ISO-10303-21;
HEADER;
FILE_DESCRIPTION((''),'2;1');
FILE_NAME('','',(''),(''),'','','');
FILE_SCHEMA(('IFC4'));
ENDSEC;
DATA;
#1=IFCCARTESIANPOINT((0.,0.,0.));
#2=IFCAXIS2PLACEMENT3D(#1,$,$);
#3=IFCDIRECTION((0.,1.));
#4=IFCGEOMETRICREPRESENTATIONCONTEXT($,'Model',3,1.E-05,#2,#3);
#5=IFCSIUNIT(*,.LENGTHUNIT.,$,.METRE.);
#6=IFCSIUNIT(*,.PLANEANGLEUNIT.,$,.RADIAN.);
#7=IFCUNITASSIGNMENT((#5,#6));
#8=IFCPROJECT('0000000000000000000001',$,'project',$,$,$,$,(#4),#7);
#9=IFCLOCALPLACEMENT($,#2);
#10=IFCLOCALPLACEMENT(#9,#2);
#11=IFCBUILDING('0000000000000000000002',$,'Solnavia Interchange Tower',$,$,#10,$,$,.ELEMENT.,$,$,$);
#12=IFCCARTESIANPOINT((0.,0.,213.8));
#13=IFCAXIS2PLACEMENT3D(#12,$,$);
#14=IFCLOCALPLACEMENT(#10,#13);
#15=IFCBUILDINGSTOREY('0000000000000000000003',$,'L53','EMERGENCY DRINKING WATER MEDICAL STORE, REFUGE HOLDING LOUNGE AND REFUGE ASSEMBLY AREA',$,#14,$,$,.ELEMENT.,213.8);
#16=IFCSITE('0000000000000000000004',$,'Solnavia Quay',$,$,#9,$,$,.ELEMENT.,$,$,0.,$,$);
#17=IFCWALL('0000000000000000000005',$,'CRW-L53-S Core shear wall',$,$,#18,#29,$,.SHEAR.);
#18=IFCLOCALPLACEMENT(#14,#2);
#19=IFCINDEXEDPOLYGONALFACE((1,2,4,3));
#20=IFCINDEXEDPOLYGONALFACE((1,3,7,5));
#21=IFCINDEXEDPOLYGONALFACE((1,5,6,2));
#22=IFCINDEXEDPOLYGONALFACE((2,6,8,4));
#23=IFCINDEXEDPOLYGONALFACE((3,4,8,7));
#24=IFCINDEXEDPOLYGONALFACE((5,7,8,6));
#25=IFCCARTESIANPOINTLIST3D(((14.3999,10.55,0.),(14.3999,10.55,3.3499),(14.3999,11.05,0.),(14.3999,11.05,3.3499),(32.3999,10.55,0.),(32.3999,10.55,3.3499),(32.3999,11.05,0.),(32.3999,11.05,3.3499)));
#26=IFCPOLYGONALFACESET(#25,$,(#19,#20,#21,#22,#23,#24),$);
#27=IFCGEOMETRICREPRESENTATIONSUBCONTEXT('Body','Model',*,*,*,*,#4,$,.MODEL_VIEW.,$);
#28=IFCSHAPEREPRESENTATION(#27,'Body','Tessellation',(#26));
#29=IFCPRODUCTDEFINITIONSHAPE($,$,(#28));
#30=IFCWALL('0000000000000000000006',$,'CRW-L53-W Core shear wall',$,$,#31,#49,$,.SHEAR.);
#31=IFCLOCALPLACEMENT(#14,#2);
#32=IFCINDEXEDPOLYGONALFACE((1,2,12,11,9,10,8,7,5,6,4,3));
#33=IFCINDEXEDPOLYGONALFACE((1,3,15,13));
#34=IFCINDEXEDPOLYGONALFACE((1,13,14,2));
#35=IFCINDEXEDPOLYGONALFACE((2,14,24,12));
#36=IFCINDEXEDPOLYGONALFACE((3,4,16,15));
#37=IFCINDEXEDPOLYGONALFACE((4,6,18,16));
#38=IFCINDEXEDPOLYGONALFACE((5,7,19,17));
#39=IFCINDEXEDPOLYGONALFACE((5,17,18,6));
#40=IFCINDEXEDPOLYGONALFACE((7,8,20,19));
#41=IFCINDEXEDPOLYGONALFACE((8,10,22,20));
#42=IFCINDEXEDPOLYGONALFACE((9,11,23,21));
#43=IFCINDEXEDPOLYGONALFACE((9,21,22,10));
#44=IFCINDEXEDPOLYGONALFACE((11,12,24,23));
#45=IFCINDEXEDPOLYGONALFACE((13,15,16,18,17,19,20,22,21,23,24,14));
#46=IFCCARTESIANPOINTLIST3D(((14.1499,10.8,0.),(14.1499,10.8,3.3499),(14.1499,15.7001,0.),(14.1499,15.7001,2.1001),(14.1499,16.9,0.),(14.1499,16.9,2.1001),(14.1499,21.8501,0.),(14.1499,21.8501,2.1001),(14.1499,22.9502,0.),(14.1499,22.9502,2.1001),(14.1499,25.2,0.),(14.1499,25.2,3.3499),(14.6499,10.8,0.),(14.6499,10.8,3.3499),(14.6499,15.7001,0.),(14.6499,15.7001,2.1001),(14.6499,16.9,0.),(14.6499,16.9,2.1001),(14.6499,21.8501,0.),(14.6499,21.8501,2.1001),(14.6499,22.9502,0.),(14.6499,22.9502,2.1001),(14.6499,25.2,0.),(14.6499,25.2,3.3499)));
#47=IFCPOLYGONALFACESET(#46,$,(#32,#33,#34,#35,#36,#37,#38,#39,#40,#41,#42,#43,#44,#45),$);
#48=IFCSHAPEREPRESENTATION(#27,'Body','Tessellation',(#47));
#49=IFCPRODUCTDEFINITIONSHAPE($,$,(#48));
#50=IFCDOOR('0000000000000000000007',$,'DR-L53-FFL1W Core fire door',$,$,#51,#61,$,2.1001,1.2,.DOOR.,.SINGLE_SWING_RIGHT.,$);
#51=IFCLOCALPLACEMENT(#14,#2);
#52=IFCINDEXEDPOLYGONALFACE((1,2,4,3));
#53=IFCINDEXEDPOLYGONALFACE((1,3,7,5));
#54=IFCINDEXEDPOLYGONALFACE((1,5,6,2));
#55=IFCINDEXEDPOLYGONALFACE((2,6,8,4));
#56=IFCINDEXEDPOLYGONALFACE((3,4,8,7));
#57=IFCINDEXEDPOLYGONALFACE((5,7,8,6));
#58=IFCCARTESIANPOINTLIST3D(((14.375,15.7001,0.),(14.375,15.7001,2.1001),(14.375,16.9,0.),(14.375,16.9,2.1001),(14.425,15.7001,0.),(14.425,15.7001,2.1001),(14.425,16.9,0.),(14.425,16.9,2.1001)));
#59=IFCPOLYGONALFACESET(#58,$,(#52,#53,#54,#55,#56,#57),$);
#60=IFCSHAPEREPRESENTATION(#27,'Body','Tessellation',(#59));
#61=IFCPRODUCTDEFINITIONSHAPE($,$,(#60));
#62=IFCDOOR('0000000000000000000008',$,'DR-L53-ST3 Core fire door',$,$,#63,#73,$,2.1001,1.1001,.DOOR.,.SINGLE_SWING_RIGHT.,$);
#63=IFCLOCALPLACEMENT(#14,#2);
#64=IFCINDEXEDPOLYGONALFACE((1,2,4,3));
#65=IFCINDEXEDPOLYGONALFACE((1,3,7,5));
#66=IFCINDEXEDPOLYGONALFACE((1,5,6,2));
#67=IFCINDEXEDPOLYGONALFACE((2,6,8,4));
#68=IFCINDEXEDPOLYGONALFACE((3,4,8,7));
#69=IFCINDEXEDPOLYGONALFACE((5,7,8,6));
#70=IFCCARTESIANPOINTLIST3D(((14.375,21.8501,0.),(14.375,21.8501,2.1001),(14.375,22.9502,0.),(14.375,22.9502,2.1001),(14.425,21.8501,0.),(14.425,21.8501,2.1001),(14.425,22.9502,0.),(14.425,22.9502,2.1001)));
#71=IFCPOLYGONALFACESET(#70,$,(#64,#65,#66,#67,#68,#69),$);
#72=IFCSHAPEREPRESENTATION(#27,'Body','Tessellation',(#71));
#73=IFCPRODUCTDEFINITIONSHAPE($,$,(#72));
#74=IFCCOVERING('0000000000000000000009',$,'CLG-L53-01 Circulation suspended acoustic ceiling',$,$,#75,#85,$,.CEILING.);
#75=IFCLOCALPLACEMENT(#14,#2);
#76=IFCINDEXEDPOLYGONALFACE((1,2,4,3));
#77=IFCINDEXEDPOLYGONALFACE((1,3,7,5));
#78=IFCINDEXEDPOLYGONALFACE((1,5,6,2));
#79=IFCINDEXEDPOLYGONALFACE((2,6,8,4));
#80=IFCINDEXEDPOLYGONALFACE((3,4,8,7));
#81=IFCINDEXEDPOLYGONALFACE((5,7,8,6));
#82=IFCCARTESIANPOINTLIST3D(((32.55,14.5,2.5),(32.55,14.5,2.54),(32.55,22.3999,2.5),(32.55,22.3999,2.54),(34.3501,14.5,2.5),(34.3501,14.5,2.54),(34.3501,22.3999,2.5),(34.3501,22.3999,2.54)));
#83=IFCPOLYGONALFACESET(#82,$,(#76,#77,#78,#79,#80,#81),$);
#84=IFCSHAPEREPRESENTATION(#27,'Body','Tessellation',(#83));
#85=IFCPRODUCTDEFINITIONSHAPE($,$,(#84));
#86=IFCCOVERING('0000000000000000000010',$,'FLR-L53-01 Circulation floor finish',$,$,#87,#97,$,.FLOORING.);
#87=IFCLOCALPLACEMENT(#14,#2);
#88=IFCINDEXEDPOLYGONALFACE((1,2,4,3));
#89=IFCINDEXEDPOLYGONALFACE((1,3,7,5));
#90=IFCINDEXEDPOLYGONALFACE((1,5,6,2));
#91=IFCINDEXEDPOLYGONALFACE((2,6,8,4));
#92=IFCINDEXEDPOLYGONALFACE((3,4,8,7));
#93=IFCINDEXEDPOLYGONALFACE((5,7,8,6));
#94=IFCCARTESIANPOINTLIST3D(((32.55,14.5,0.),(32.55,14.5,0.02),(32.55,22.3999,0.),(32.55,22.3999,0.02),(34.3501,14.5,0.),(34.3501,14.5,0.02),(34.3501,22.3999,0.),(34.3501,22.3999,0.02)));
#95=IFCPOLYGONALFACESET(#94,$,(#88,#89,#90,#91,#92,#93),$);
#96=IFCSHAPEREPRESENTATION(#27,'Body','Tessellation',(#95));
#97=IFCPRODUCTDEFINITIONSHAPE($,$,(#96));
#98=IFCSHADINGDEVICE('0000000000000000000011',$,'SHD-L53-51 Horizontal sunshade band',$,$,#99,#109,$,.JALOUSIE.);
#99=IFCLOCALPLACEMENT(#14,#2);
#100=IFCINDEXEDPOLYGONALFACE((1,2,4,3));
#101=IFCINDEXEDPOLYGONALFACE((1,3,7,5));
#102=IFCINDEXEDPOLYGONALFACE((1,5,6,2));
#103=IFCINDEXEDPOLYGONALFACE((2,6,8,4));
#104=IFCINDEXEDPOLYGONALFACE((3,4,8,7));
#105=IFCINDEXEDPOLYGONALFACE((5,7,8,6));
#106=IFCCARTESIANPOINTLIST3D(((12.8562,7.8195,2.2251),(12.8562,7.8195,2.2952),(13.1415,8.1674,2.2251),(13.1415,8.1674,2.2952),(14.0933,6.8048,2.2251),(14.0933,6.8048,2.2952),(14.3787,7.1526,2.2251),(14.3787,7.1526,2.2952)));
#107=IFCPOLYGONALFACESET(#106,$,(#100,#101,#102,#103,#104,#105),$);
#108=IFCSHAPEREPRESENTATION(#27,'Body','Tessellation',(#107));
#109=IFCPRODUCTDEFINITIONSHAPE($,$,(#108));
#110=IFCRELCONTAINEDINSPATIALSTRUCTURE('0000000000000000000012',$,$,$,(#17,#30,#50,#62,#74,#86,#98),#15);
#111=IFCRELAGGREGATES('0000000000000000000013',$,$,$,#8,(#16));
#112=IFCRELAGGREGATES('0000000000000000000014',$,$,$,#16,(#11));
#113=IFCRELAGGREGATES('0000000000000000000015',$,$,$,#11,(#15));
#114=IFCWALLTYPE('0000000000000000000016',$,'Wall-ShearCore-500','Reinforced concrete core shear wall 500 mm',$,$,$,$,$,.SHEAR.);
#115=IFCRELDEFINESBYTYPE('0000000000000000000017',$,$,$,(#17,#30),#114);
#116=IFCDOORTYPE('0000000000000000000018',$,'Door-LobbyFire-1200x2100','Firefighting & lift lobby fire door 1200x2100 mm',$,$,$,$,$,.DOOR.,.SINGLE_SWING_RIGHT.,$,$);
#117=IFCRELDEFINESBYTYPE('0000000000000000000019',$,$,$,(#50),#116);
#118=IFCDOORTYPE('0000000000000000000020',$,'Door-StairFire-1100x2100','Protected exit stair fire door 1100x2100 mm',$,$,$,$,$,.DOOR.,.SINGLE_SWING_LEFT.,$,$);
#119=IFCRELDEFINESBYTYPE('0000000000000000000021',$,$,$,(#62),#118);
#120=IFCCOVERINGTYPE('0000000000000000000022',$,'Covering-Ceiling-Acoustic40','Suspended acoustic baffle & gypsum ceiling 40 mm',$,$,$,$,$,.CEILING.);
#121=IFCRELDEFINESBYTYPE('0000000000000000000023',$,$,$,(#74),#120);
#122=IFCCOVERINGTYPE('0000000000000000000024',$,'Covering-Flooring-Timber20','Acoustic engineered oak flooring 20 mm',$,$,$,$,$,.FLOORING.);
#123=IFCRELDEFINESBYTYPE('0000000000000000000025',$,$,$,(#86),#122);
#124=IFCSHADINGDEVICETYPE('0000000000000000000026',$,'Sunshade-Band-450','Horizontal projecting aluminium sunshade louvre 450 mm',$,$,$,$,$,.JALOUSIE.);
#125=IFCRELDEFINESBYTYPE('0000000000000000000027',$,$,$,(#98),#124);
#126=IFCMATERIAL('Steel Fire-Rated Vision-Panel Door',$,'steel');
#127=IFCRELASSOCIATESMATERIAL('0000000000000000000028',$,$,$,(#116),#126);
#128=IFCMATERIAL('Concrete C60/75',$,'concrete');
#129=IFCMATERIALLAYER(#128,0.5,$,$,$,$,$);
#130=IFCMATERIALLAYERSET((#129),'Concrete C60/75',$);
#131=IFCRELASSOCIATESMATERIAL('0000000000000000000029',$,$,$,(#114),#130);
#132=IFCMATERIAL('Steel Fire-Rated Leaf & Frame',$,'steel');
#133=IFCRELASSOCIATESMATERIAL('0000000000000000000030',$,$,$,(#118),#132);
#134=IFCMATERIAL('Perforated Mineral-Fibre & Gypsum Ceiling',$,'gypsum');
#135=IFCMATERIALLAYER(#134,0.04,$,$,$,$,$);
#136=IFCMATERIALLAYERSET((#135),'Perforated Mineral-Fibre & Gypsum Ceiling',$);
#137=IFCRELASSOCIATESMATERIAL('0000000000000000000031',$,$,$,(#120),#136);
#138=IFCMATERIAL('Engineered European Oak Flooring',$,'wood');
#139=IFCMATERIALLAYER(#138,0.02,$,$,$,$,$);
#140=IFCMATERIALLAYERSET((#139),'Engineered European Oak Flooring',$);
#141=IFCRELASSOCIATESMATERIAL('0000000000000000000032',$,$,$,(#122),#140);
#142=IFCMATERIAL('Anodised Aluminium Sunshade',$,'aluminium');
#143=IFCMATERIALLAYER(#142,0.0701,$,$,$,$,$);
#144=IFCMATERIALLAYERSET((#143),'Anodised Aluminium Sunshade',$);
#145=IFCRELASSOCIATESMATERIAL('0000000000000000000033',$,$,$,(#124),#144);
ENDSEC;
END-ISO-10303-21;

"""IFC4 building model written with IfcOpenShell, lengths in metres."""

from ifc_helpers import new_model, si_unit, direction, frame, frame_2d, origin, origin_2d, place, context, subcontext, project, spatial, polyline, rectangle, outline, extrude, material, layer, layer_set, type_object, element, fill, save


model = new_model("IFC4")

# Units and contexts
model_context = context("Model", 3, precision=1e-05, world=origin(), true_north=direction((0.0, 1.0)))
body_context = subcontext(model_context, "Body", "Model", "MODEL_VIEW")
ifc_project = project(units=[si_unit("LENGTHUNIT", "METRE"), si_unit("PLANEANGLEUNIT", "RADIAN")], contexts=[model_context])

# Site, building, storey
site_placement = place(None, origin())
site = spatial("IfcSite", under=ifc_project, at=site_placement, Name="Solnavia Quay", CompositionType="ELEMENT", RefElevation=0.0)
building_placement = place(site_placement, origin())
building = spatial("IfcBuilding", under=site, at=building_placement, Name="Solnavia Interchange Tower", CompositionType="ELEMENT")
storey_placement = place(building_placement, frame((0.0, 0.0, 213.8)))
storey = spatial("IfcBuildingStorey", under=building, at=storey_placement, Name="L53", Description="EMERGENCY DRINKING WATER MEDICAL STORE, REFUGE HOLDING LOUNGE AND REFUGE ASSEMBLY AREA", CompositionType="ELEMENT", Elevation=213.8)

# Shared definitions
ifc_material_1 = material(Name="Steel Fire-Rated Vision-Panel Door", Category="steel")
door_type_1 = type_object("IfcDoorType", Name="Door-LobbyFire-1200x2100", Description="Firefighting & lift lobby fire door 1200x2100 mm", OperationType="SINGLE_SWING_RIGHT", PredefinedType="DOOR", material=ifc_material_1)

# Wall
ifc_material_2 = material(Name="Concrete C60/75", Category="concrete")
ifc_layer_1 = layer(ifc_material_2, 0.5)
ifc_layer_set_1 = layer_set([ifc_layer_1], Name="Concrete C60/75")
wall_type_1 = type_object("IfcWallType", Name="Wall-ShearCore-500", Description="Reinforced concrete core shear wall 500 mm", PredefinedType="SHEAR", material=ifc_layer_set_1)
wall_1_placement = place(storey_placement, frame((14.3999, 10.8, 0.0), z_axis=(0.0, 0.0, 1.0), x_axis=(1.0, 0.0, 0.0)))
element("IfcWall", 1, at=wall_1_placement, inside=storey, type_object=wall_type_1, Name="CRW-L53-S Core shear wall", PredefinedType="SHEAR", context=body_context, shape_type="SweptSolid", body=[
    extrude(rectangle(XDim=18.0, YDim=0.5, at=frame_2d((9.0, 0.0))), origin(), (0.0, 0.0, 1.0), 3.3499),
])

# Wall, openings, doors
wall_2_placement = place(storey_placement, frame((14.3999, 10.8, 0.0), z_axis=(0.0, 0.0, 1.0), x_axis=(0.0, 1.0, 0.0)))
wall_2 = element("IfcWall", 2, at=wall_2_placement, inside=storey, type_object=wall_type_1, Name="CRW-L53-W Core shear wall", PredefinedType="SHEAR", context=body_context, shape_type="SweptSolid", body=[
    extrude(rectangle(XDim=14.3999, YDim=0.5, at=frame_2d((7.2, 0.0))), origin(), (0.0, 0.0, 1.0), 3.3499),
])
opening_1_placement = place(wall_2_placement, frame((11.05, 0.0, 0.0)))
opening_1 = element("IfcOpeningElement", 3, at=opening_1_placement, cuts=wall_2, PredefinedType="OPENING", context=body_context, shape_type="SweptSolid", body=[
    extrude(rectangle(XDim=1.1001, YDim=2.1001, at=frame_2d((0.55, 1.05))), frame((0.0, 0.26, 0.0), z_axis=(0.0, -1.0, 0.0), x_axis=(1.0, 0.0, 0.0)), (0.0, 0.0, 1.0), 0.52),
])
opening_2_placement = place(wall_2_placement, frame((4.8999, 0.0, 0.0)))
opening_2 = element("IfcOpeningElement", 4, at=opening_2_placement, cuts=wall_2, PredefinedType="OPENING", context=body_context, shape_type="SweptSolid", body=[
    extrude(rectangle(XDim=1.2, YDim=2.1001, at=frame_2d((0.6001, 1.05))), frame((0.0, 0.26, 0.0), z_axis=(0.0, -1.0, 0.0), x_axis=(1.0, 0.0, 0.0)), (0.0, 0.0, 1.0), 0.52),
])
door_1_placement = place(opening_2_placement, origin())
door_1 = element("IfcDoor", 5, at=door_1_placement, inside=storey, type_object=door_type_1, Name="DR-L53-FFL1W Core fire door", OperationType="SINGLE_SWING_RIGHT", OverallHeight=2.1001, OverallWidth=1.2, PredefinedType="DOOR", context=body_context, shape_type="SweptSolid", body=[
    extrude(rectangle(XDim=1.2, YDim=2.1001, at=frame_2d((0.6001, 1.05))), frame((0.0, 0.0249, 0.0), z_axis=(0.0, -1.0, 0.0), x_axis=(1.0, 0.0, 0.0)), (0.0, 0.0, 1.0), 0.05),
])
fill(opening_2, door_1)
ifc_material_3 = material(Name="Steel Fire-Rated Leaf & Frame", Category="steel")
door_type_2 = type_object("IfcDoorType", Name="Door-StairFire-1100x2100", Description="Protected exit stair fire door 1100x2100 mm", OperationType="SINGLE_SWING_LEFT", PredefinedType="DOOR", material=ifc_material_3)
door_2_placement = place(opening_1_placement, origin())
door_2 = element("IfcDoor", 6, at=door_2_placement, inside=storey, type_object=door_type_2, Name="DR-L53-ST3 Core fire door", OperationType="SINGLE_SWING_RIGHT", OverallHeight=2.1001, OverallWidth=1.1001, PredefinedType="DOOR", context=body_context, shape_type="SweptSolid", body=[
    extrude(rectangle(XDim=1.1001, YDim=2.1001, at=frame_2d((0.55, 1.05))), frame((0.0, 0.0249, 0.0), z_axis=(0.0, -1.0, 0.0), x_axis=(1.0, 0.0, 0.0)), (0.0, 0.0, 1.0), 0.05),
])
fill(opening_1, door_2)

# Coverings
ifc_material_4 = material(Name="Perforated Mineral-Fibre & Gypsum Ceiling", Category="gypsum")
ifc_layer_2 = layer(ifc_material_4, 0.04)
ifc_layer_set_2 = layer_set([ifc_layer_2], Name="Perforated Mineral-Fibre & Gypsum Ceiling")
covering_type_1 = type_object("IfcCoveringType", Name="Covering-Ceiling-Acoustic40", Description="Suspended acoustic baffle & gypsum ceiling 40 mm", PredefinedType="CEILING", material=ifc_layer_set_2)
covering_1_placement = place(storey_placement, frame((0.0, 0.0, 2.5)))
element("IfcCovering", 7, at=covering_1_placement, inside=storey, type_object=covering_type_1, Name="CLG-L53-01 Circulation suspended acoustic ceiling", PredefinedType="CEILING", context=body_context, shape_type="SweptSolid", body=[
    extrude(outline(polyline([(32.55, 14.5), (34.3501, 14.5), (34.3501, 22.3999), (32.55, 22.3999), (32.55, 14.5)])), origin(), (0.0, 0.0, 1.0), 0.04),
])
ifc_material_5 = material(Name="Engineered European Oak Flooring", Category="wood")
ifc_layer_3 = layer(ifc_material_5, 0.02)
ifc_layer_set_3 = layer_set([ifc_layer_3], Name="Engineered European Oak Flooring")
covering_type_2 = type_object("IfcCoveringType", Name="Covering-Flooring-Timber20", Description="Acoustic engineered oak flooring 20 mm", PredefinedType="FLOORING", material=ifc_layer_set_3)
covering_2_placement = place(storey_placement, origin())
element("IfcCovering", 8, at=covering_2_placement, inside=storey, type_object=covering_type_2, Name="FLR-L53-01 Circulation floor finish", PredefinedType="FLOORING", context=body_context, shape_type="SweptSolid", body=[
    extrude(outline(polyline([(32.55, 14.5), (34.3501, 14.5), (34.3501, 22.3999), (32.55, 22.3999), (32.55, 14.5)])), origin(), (0.0, 0.0, 1.0), 0.02),
])

# Shading device
ifc_material_6 = material(Name="Anodised Aluminium Sunshade", Category="aluminium")
ifc_layer_4 = layer(ifc_material_6, 0.0701)
ifc_layer_set_4 = layer_set([ifc_layer_4], Name="Anodised Aluminium Sunshade")
shading_device_type = type_object("IfcShadingDeviceType", Name="Sunshade-Band-450", Description="Horizontal projecting aluminium sunshade louvre 450 mm", PredefinedType="JALOUSIE", material=ifc_layer_set_4)
shading_device_placement = place(storey_placement, frame((13.6174, 7.4861, 2.2251), z_axis=(0.0, 0.0, 1.0), x_axis=(-0.773177, 0.634191, 0.0)))
element("IfcShadingDevice", 9, at=shading_device_placement, inside=storey, type_object=shading_device_type, Name="SHD-L53-51 Horizontal sunshade band", PredefinedType="JALOUSIE", context=body_context, shape_type="SweptSolid", body=[
    extrude(rectangle(XDim=1.6001, YDim=0.45, at=origin_2d()), origin(), (0.0, 0.0, 1.0), 0.0701),
])

save(model, "model.ifc")
